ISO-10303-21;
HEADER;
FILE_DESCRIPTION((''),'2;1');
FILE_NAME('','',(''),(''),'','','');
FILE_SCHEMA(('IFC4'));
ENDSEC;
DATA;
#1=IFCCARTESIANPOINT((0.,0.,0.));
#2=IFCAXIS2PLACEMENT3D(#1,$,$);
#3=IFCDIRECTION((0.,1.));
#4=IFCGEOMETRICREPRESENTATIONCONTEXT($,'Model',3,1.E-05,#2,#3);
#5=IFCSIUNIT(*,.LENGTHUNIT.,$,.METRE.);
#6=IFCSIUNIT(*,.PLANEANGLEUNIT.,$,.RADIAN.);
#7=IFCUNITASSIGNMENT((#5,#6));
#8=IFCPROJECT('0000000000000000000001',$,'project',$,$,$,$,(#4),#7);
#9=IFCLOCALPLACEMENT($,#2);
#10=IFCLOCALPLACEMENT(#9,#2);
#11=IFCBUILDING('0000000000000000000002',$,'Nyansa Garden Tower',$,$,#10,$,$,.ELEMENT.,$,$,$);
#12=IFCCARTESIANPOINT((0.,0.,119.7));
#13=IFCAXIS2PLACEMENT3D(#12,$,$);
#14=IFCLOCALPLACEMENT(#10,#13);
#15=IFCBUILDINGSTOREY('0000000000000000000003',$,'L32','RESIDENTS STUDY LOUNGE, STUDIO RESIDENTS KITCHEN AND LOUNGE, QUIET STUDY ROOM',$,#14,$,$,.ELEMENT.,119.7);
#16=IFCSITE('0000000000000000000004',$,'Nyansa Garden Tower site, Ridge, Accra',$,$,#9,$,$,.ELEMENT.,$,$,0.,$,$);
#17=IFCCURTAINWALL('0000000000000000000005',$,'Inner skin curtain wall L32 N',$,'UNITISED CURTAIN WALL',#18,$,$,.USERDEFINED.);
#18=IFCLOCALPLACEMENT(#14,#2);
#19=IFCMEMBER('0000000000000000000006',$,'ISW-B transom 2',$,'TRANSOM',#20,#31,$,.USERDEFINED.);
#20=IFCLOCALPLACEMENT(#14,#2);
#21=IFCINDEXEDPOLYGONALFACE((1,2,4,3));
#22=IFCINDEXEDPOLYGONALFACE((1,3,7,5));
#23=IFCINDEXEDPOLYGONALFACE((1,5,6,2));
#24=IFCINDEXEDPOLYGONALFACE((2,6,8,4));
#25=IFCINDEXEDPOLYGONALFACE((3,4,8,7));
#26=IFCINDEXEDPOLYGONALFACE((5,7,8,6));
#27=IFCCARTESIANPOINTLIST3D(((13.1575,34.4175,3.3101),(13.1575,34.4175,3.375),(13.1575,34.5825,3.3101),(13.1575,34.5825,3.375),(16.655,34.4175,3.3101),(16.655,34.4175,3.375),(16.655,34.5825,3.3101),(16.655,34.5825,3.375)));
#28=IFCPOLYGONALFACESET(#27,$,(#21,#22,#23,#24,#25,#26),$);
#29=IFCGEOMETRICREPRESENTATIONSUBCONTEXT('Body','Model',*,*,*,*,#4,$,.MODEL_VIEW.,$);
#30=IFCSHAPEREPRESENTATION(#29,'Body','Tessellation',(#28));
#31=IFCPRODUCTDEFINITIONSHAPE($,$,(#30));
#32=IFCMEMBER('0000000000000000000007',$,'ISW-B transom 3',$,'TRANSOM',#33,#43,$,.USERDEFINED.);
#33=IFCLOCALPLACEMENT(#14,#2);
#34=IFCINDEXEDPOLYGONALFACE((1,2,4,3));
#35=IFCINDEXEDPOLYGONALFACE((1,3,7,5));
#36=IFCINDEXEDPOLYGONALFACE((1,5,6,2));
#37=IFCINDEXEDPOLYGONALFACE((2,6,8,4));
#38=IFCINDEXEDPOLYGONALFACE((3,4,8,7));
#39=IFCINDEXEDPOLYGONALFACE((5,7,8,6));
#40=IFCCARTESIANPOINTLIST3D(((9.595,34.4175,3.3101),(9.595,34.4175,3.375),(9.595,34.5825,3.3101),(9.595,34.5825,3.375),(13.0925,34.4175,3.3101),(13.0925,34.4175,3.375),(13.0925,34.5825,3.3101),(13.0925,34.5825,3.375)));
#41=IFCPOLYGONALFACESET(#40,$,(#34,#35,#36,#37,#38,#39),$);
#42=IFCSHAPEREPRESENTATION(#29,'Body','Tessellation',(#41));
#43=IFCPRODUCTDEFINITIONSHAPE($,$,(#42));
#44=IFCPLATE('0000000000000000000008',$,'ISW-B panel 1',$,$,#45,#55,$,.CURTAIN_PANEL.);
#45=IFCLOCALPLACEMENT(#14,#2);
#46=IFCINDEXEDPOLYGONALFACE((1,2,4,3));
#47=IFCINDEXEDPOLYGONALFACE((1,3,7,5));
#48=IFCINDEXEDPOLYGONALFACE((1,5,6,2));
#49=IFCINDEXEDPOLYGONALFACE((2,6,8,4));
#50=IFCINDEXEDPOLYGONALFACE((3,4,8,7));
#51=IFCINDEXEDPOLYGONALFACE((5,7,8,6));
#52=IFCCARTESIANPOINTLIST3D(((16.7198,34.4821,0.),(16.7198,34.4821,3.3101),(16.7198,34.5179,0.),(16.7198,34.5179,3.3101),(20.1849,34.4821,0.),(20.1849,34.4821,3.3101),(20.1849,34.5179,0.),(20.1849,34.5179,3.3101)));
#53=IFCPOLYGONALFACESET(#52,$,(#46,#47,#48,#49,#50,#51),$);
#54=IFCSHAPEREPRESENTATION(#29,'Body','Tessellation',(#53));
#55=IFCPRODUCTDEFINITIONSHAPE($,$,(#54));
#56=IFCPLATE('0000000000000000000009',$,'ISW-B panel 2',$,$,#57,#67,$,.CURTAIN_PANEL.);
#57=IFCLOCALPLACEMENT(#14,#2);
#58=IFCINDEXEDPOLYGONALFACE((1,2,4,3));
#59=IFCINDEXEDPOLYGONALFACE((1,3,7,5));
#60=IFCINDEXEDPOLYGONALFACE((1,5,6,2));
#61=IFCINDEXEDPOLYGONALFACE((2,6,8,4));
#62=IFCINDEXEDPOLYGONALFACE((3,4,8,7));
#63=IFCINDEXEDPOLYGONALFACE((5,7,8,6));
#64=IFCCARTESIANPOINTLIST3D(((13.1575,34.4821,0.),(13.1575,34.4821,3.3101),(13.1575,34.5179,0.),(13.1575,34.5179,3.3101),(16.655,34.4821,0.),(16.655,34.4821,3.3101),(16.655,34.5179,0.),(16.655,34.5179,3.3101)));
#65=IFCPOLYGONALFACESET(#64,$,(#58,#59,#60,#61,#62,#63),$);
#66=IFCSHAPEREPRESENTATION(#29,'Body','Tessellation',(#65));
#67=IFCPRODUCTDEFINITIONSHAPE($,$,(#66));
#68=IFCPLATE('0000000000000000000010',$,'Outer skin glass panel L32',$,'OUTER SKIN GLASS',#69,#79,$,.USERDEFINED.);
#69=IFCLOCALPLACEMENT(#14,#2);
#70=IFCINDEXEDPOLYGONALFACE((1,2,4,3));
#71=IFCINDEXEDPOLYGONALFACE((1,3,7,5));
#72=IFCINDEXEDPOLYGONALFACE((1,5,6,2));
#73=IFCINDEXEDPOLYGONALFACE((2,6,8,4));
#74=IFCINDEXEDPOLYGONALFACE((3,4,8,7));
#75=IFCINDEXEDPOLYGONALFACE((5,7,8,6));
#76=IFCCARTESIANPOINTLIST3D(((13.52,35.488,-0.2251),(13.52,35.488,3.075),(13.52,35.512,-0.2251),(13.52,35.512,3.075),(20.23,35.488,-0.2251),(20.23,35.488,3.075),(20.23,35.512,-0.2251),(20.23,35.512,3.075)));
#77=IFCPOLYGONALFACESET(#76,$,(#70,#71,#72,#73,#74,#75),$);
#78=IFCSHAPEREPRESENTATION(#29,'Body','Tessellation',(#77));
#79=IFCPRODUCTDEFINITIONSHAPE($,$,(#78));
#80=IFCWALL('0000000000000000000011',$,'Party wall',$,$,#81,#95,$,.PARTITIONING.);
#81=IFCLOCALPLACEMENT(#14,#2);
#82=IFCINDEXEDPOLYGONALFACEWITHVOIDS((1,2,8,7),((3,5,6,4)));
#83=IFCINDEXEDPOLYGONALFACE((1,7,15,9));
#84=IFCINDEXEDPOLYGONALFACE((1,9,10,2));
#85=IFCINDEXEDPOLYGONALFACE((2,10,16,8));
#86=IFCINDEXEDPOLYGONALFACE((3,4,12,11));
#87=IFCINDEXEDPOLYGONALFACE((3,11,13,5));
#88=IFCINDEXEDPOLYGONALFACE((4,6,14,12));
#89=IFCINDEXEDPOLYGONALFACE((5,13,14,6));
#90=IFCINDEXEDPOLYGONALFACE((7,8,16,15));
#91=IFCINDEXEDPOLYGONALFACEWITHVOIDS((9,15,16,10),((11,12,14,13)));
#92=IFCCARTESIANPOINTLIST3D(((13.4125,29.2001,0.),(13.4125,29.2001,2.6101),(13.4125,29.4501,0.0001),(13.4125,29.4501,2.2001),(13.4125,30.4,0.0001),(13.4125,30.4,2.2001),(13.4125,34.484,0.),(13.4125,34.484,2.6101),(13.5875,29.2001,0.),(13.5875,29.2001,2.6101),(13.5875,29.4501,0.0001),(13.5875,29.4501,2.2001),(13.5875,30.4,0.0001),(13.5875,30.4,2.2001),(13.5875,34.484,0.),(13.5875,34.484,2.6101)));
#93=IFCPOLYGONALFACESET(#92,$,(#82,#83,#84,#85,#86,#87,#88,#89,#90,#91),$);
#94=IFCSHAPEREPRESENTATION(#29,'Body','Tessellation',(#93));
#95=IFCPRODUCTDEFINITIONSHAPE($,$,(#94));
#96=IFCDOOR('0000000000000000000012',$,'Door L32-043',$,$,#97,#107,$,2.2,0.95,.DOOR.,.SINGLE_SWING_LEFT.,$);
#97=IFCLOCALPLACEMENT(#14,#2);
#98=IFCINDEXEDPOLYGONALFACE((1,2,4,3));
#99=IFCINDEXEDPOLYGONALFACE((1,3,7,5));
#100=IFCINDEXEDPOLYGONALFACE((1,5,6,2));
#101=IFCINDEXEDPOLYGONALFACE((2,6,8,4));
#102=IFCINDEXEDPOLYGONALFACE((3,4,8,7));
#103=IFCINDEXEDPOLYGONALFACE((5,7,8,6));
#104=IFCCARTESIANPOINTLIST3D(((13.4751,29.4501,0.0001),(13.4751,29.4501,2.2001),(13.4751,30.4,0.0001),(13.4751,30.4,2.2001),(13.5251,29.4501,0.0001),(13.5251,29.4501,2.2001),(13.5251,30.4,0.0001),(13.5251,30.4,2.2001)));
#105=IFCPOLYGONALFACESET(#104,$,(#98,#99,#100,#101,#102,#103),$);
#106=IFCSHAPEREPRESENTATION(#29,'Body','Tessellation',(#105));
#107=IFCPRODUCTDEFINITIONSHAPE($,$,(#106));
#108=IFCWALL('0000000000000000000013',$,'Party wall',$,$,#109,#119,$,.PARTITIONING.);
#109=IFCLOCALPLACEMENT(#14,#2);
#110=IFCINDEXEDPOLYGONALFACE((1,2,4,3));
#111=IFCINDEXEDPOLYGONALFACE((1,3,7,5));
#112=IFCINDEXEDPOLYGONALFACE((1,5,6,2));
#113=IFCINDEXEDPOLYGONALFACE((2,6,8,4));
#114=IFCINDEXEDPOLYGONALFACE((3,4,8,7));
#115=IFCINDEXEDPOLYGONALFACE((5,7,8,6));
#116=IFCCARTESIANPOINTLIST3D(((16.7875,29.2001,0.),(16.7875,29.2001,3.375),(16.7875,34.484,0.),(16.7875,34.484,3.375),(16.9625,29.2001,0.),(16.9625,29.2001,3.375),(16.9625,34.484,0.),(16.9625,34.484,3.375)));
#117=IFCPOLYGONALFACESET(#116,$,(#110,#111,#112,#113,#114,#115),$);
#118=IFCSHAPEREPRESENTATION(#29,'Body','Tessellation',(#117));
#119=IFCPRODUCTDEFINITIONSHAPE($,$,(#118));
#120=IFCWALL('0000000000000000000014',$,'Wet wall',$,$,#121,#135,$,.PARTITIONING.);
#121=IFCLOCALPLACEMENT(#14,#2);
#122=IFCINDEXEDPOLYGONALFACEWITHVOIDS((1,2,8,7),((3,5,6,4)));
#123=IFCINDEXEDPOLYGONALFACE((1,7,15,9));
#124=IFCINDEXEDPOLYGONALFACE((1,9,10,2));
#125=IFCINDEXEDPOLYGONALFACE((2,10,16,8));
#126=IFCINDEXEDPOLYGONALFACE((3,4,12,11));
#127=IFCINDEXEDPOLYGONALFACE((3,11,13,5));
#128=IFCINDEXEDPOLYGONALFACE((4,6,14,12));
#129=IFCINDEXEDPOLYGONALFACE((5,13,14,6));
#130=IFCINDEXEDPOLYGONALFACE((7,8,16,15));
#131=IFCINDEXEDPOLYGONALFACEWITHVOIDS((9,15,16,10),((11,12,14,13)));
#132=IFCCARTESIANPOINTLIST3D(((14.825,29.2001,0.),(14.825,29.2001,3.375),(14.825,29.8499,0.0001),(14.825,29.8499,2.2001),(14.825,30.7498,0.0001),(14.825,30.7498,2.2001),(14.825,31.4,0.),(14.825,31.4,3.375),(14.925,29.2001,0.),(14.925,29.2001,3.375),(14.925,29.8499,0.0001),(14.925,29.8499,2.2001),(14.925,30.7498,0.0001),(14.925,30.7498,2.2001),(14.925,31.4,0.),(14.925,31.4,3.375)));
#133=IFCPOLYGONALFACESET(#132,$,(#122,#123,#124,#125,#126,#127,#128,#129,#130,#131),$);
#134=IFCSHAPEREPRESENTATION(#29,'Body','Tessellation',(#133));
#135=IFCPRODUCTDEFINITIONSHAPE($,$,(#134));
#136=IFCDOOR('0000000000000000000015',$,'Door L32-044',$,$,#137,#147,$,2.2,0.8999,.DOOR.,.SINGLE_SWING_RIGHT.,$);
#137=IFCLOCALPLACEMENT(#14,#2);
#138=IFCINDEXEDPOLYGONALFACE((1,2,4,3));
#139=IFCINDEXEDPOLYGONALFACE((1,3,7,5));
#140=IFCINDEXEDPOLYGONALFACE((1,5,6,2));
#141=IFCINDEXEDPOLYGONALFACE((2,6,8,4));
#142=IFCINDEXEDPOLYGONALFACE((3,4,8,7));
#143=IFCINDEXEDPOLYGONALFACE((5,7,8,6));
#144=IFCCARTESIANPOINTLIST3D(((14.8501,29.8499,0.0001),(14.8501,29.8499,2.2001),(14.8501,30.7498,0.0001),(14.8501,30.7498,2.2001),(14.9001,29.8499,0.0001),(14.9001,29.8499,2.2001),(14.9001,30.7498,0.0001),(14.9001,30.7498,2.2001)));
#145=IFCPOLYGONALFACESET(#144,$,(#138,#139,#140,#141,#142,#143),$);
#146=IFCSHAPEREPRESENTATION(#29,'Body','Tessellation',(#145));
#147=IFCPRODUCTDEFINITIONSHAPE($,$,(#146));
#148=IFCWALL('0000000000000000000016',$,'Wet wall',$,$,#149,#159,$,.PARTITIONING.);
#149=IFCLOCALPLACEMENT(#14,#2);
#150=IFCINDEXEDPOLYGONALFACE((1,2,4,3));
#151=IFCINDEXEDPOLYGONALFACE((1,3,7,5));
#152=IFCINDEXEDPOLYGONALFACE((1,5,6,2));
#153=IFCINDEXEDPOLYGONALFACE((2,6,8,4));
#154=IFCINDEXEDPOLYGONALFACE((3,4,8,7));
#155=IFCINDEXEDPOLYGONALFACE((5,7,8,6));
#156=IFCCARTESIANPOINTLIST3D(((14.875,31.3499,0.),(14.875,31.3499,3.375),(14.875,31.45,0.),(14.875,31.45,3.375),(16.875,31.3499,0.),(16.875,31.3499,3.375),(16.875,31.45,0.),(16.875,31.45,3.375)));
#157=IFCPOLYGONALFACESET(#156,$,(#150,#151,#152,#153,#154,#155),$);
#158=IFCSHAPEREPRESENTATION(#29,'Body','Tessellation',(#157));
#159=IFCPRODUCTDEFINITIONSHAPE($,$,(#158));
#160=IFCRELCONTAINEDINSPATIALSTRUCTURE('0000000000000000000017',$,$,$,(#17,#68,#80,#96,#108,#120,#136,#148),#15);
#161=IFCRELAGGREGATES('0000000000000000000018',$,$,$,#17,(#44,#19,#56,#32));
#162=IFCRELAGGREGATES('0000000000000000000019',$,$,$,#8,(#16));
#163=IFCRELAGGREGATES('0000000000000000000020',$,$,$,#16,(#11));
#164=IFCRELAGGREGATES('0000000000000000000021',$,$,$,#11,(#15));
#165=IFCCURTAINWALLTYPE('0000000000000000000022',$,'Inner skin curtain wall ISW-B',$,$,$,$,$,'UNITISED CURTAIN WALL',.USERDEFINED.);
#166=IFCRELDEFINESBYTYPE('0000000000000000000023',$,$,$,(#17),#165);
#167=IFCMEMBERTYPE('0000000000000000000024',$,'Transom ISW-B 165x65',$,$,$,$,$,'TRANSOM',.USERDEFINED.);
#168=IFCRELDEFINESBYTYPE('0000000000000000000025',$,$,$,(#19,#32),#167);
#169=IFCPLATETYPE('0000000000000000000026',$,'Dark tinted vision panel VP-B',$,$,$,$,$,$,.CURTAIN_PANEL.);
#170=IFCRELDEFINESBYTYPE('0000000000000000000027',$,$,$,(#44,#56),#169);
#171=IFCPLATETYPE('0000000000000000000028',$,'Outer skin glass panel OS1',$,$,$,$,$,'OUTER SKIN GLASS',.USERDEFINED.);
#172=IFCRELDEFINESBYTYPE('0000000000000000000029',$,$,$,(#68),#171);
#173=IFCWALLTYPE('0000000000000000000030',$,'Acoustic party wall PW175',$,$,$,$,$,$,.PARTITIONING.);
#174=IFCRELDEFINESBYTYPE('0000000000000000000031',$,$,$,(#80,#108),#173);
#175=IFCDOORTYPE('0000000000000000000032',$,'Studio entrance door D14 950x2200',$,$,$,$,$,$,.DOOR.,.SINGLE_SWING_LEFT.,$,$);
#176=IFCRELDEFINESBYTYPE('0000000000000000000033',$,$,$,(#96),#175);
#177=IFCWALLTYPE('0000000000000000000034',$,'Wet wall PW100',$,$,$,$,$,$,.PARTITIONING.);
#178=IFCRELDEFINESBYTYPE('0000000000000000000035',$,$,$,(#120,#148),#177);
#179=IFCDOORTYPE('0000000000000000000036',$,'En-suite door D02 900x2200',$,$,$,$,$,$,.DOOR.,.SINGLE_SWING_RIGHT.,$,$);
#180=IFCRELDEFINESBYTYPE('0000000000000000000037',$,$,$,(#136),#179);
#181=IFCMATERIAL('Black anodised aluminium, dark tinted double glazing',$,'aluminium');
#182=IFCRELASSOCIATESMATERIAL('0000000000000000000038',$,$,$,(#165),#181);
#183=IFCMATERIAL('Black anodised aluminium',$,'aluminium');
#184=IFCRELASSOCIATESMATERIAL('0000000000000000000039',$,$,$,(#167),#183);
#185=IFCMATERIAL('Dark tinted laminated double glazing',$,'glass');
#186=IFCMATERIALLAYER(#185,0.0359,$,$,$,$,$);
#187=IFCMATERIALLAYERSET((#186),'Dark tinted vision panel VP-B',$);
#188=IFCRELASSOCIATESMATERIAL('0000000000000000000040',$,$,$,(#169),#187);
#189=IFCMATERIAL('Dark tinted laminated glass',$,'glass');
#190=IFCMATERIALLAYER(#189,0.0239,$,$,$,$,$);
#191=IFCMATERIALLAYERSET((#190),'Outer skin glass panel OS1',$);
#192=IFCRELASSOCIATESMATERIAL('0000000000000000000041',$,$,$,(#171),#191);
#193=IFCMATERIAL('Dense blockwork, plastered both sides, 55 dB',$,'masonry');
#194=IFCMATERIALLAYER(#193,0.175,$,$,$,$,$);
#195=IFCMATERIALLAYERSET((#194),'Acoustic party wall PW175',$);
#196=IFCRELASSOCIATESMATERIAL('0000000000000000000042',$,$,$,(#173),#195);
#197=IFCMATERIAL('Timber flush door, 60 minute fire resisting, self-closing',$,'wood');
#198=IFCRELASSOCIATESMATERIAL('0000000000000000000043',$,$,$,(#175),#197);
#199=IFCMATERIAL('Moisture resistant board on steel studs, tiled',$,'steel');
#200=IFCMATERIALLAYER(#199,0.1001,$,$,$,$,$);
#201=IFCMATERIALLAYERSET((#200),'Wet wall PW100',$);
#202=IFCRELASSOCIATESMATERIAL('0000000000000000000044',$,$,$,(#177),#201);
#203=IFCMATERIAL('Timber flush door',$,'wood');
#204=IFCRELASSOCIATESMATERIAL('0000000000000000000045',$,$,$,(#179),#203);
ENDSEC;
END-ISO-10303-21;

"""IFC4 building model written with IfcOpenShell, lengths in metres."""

from ifc_helpers import new_model, si_unit, direction, frame, frame_2d, origin, origin_2d, place, context, subcontext, project, spatial, rectangle, extrude, material, layer, layer_set, material_profile, profile_set, type_object, element, fill, aggregate, save


model = new_model("IFC4")

# Units and contexts
model_context = context("Model", 3, precision=1e-05, world=origin(), true_north=direction((0.0, 1.0)))
body_context = subcontext(model_context, "Body", "Model", "MODEL_VIEW")
ifc_project = project(units=[si_unit("LENGTHUNIT", "METRE"), si_unit("PLANEANGLEUNIT", "RADIAN")], contexts=[model_context])

# Site, building, storey
site_placement = place(None, origin())
site = spatial("IfcSite", under=ifc_project, at=site_placement, Name="Nyansa Garden Tower site, Ridge, Accra", CompositionType="ELEMENT", RefElevation=0.0)
building_placement = place(site_placement, origin())
building = spatial("IfcBuilding", under=site, at=building_placement, Name="Nyansa Garden Tower", CompositionType="ELEMENT")
storey_placement = place(building_placement, frame((0.0, 0.0, 119.7)))
storey = spatial("IfcBuildingStorey", under=building, at=storey_placement, Name="L32", Description="RESIDENTS STUDY LOUNGE, STUDIO RESIDENTS KITCHEN AND LOUNGE, QUIET STUDY ROOM", CompositionType="ELEMENT", Elevation=119.7)

# Curtain wall
ifc_material_1 = material(Name="Black anodised aluminium, dark tinted double glazing", Category="aluminium")
curtain_wall_type = type_object("IfcCurtainWallType", Name="Inner skin curtain wall ISW-B", ElementType="UNITISED CURTAIN WALL", PredefinedType="USERDEFINED", material=ifc_material_1)
curtain_wall_placement = place(storey_placement, origin())
curtain_wall = element("IfcCurtainWall", 1, at=curtain_wall_placement, inside=storey, type_object=curtain_wall_type, Name="Inner skin curtain wall L32 N", ObjectType="UNITISED CURTAIN WALL", PredefinedType="USERDEFINED")

# Members
ifc_material_2 = material(Name="Black anodised aluminium", Category="aluminium")
ifc_material_profile_1 = material_profile(ifc_material_2, rectangle(XDim=0.165, YDim=0.0649, at=origin_2d()), Name="Transom 165x65")
ifc_profile_set_1 = profile_set([ifc_material_profile_1], Name="Black anodised aluminium")
member_type_1 = type_object("IfcMemberType", Name="Transom ISW-B 165x65", ElementType="TRANSOM", PredefinedType="USERDEFINED", material=ifc_profile_set_1)
member_1_placement = place(storey_placement, frame((16.655, 34.5, 3.3425), z_axis=(-1.0, 0.0, 0.0), x_axis=(0.0, -1.0, 0.0)))
member_1 = element("IfcMember", 2, at=member_1_placement, type_object=member_type_1, Name="ISW-B transom 2", ObjectType="TRANSOM", PredefinedType="USERDEFINED", context=body_context, shape_type="SweptSolid", body=[
    extrude(rectangle(XDim=0.165, YDim=0.0649, at=origin_2d()), origin(), (0.0, 0.0, 1.0), 3.4976),
])
member_2_placement = place(storey_placement, frame((13.0925, 34.5, 3.3425), z_axis=(-1.0, 0.0, 0.0), x_axis=(0.0, -1.0, 0.0)))
member_2 = element("IfcMember", 3, at=member_2_placement, type_object=member_type_1, Name="ISW-B transom 3", ObjectType="TRANSOM", PredefinedType="USERDEFINED", context=body_context, shape_type="SweptSolid", body=[
    extrude(rectangle(XDim=0.165, YDim=0.0649, at=origin_2d()), origin(), (0.0, 0.0, 1.0), 3.4976),
])

# Plates
ifc_material_3 = material(Name="Dark tinted laminated double glazing", Category="glass")
ifc_layer_1 = layer(ifc_material_3, 0.0359)
ifc_layer_set_1 = layer_set([ifc_layer_1], Name="Dark tinted vision panel VP-B")
plate_type_1 = type_object("IfcPlateType", Name="Dark tinted vision panel VP-B", PredefinedType="CURTAIN_PANEL", material=ifc_layer_set_1)
plate_1_placement = place(storey_placement, frame((18.4524, 34.5, 0.0), z_axis=(0.0, 0.0, 1.0), x_axis=(-1.0, 0.0, 0.0)))
plate_1 = element("IfcPlate", 4, at=plate_1_placement, type_object=plate_type_1, Name="ISW-B panel 1", PredefinedType="CURTAIN_PANEL", context=body_context, shape_type="SweptSolid", body=[
    extrude(rectangle(XDim=3.4651, YDim=0.0359, at=origin_2d()), origin(), (0.0, 0.0, 1.0), 3.3101),
])
plate_2_placement = place(storey_placement, frame((14.9062, 34.5, 0.0), z_axis=(0.0, 0.0, 1.0), x_axis=(-1.0, 0.0, 0.0)))
plate_2 = element("IfcPlate", 5, at=plate_2_placement, type_object=plate_type_1, Name="ISW-B panel 2", PredefinedType="CURTAIN_PANEL", context=body_context, shape_type="SweptSolid", body=[
    extrude(rectangle(XDim=3.4976, YDim=0.0359, at=origin_2d()), origin(), (0.0, 0.0, 1.0), 3.3101),
])
aggregate(curtain_wall, [plate_1, member_1, plate_2, member_2])
ifc_material_4 = material(Name="Dark tinted laminated glass", Category="glass")
ifc_layer_2 = layer(ifc_material_4, 0.0239)
ifc_layer_set_2 = layer_set([ifc_layer_2], Name="Outer skin glass panel OS1")
plate_type_2 = type_object("IfcPlateType", Name="Outer skin glass panel OS1", ElementType="OUTER SKIN GLASS", PredefinedType="USERDEFINED", material=ifc_layer_set_2)
plate_3_placement = place(storey_placement, frame((16.875, 35.5, -0.2251), z_axis=(0.0, 0.0, 1.0), x_axis=(1.0, 0.0, 0.0)))
element("IfcPlate", 6, at=plate_3_placement, inside=storey, type_object=plate_type_2, Name="Outer skin glass panel L32", ObjectType="OUTER SKIN GLASS", PredefinedType="USERDEFINED", context=body_context, shape_type="SweptSolid", body=[
    extrude(rectangle(XDim=6.71, YDim=0.0239, at=origin_2d()), origin(), (0.0, 0.0, 1.0), 3.3),
])

# Wall, opening, door
ifc_material_5 = material(Name="Dense blockwork, plastered both sides, 55 dB", Category="masonry")
ifc_layer_3 = layer(ifc_material_5, 0.175)
ifc_layer_set_3 = layer_set([ifc_layer_3], Name="Acoustic party wall PW175")
wall_type_1 = type_object("IfcWallType", Name="Acoustic party wall PW175", PredefinedType="PARTITIONING", material=ifc_layer_set_3)
wall_1_placement = place(storey_placement, frame((13.5, 29.2, 0.0), z_axis=(0.0, 0.0, 1.0), x_axis=(0.0, 1.0, 0.0)))
wall_1 = element("IfcWall", 7, at=wall_1_placement, inside=storey, type_object=wall_type_1, Name="Party wall", PredefinedType="PARTITIONING", context=body_context, shape_type="SweptSolid", body=[
    extrude(rectangle(XDim=5.2839, YDim=0.175, at=frame_2d((2.6421, 0.0))), origin(), (0.0, 0.0, 1.0), 2.6101),
])
opening_1_placement = place(wall_1_placement, frame((0.25, 0.0, 0.0)))
opening_1 = element("IfcOpeningElement", 8, at=opening_1_placement, cuts=wall_1, PredefinedType="OPENING", context=body_context, shape_type="SweptSolid", body=[
    extrude(rectangle(XDim=0.95, YDim=2.2, at=frame_2d((0.4751, 1.1001))), frame((0.0, 0.0974, 0.0), z_axis=(0.0, -1.0, 0.0), x_axis=(1.0, 0.0, 0.0)), (0.0, 0.0, 1.0), 0.1951),
])
ifc_material_6 = material(Name="Timber flush door, 60 minute fire resisting, self-closing", Category="wood")
door_type_1 = type_object("IfcDoorType", Name="Studio entrance door D14 950x2200", OperationType="SINGLE_SWING_LEFT", PredefinedType="DOOR", material=ifc_material_6)
door_1_placement = place(opening_1_placement, origin())
door_1 = element("IfcDoor", 9, at=door_1_placement, inside=storey, type_object=door_type_1, Name="Door L32-043", OperationType="SINGLE_SWING_LEFT", OverallHeight=2.2, OverallWidth=0.95, PredefinedType="DOOR", context=body_context, shape_type="SweptSolid", body=[
    extrude(rectangle(XDim=0.95, YDim=2.2, at=frame_2d((0.4751, 1.1001))), frame((0.0, 0.0249, 0.0), z_axis=(0.0, -1.0, 0.0), x_axis=(1.0, 0.0, 0.0)), (0.0, 0.0, 1.0), 0.05),
])
fill(opening_1, door_1)

# Wall
wall_2_placement = place(storey_placement, frame((16.875, 29.2, 0.0), z_axis=(0.0, 0.0, 1.0), x_axis=(0.0, 1.0, 0.0)))
element("IfcWall", 10, at=wall_2_placement, inside=storey, type_object=wall_type_1, Name="Party wall", PredefinedType="PARTITIONING", context=body_context, shape_type="SweptSolid", body=[
    extrude(rectangle(XDim=5.2839, YDim=0.175, at=frame_2d((2.6421, 0.0))), origin(), (0.0, 0.0, 1.0), 3.375),
])

# Wall, opening, door
ifc_material_7 = material(Name="Moisture resistant board on steel studs, tiled", Category="steel")
ifc_layer_4 = layer(ifc_material_7, 0.1001)
ifc_layer_set_4 = layer_set([ifc_layer_4], Name="Wet wall PW100")
wall_type_2 = type_object("IfcWallType", Name="Wet wall PW100", PredefinedType="PARTITIONING", material=ifc_layer_set_4)
wall_3_placement = place(storey_placement, frame((14.875, 29.2, 0.0), z_axis=(0.0, 0.0, 1.0), x_axis=(0.0, 1.0, 0.0)))
wall_3 = element("IfcWall", 11, at=wall_3_placement, inside=storey, type_object=wall_type_2, Name="Wet wall", PredefinedType="PARTITIONING", context=body_context, shape_type="SweptSolid", body=[
    extrude(rectangle(XDim=2.2, YDim=0.1001, at=frame_2d((1.1001, 0.0))), origin(), (0.0, 0.0, 1.0), 3.375),
])
opening_2_placement = place(wall_3_placement, frame((0.6499, 0.0, 0.0)))
opening_2 = element("IfcOpeningElement", 12, at=opening_2_placement, cuts=wall_3, PredefinedType="OPENING", context=body_context, shape_type="SweptSolid", body=[
    extrude(rectangle(XDim=0.8999, YDim=2.2, at=frame_2d((0.45, 1.1001))), frame((0.0, 0.0601, 0.0), z_axis=(0.0, -1.0, 0.0), x_axis=(1.0, 0.0, 0.0)), (0.0, 0.0, 1.0), 0.1201),
])
ifc_material_8 = material(Name="Timber flush door", Category="wood")
door_type_2 = type_object("IfcDoorType", Name="En-suite door D02 900x2200", OperationType="SINGLE_SWING_RIGHT", PredefinedType="DOOR", material=ifc_material_8)
door_2_placement = place(opening_2_placement, origin())
door_2 = element("IfcDoor", 13, at=door_2_placement, inside=storey, type_object=door_type_2, Name="Door L32-044", OperationType="SINGLE_SWING_RIGHT", OverallHeight=2.2, OverallWidth=0.8999, PredefinedType="DOOR", context=body_context, shape_type="SweptSolid", body=[
    extrude(rectangle(XDim=0.8999, YDim=2.2, at=frame_2d((0.45, 1.1001))), frame((0.0, 0.0249, 0.0), z_axis=(0.0, -1.0, 0.0), x_axis=(1.0, 0.0, 0.0)), (0.0, 0.0, 1.0), 0.05),
])
fill(opening_2, door_2)

# Wall
wall_4_placement = place(storey_placement, frame((14.875, 31.3999, 0.0), z_axis=(0.0, 0.0, 1.0), x_axis=(1.0, 0.0, 0.0)))
element("IfcWall", 14, at=wall_4_placement, inside=storey, type_object=wall_type_2, Name="Wet wall", PredefinedType="PARTITIONING", context=body_context, shape_type="SweptSolid", body=[
    extrude(rectangle(XDim=2.0, YDim=0.1001, at=frame_2d((1.0, 0.0))), origin(), (0.0, 0.0, 1.0), 3.375),
])

save(model, "model.ifc")
